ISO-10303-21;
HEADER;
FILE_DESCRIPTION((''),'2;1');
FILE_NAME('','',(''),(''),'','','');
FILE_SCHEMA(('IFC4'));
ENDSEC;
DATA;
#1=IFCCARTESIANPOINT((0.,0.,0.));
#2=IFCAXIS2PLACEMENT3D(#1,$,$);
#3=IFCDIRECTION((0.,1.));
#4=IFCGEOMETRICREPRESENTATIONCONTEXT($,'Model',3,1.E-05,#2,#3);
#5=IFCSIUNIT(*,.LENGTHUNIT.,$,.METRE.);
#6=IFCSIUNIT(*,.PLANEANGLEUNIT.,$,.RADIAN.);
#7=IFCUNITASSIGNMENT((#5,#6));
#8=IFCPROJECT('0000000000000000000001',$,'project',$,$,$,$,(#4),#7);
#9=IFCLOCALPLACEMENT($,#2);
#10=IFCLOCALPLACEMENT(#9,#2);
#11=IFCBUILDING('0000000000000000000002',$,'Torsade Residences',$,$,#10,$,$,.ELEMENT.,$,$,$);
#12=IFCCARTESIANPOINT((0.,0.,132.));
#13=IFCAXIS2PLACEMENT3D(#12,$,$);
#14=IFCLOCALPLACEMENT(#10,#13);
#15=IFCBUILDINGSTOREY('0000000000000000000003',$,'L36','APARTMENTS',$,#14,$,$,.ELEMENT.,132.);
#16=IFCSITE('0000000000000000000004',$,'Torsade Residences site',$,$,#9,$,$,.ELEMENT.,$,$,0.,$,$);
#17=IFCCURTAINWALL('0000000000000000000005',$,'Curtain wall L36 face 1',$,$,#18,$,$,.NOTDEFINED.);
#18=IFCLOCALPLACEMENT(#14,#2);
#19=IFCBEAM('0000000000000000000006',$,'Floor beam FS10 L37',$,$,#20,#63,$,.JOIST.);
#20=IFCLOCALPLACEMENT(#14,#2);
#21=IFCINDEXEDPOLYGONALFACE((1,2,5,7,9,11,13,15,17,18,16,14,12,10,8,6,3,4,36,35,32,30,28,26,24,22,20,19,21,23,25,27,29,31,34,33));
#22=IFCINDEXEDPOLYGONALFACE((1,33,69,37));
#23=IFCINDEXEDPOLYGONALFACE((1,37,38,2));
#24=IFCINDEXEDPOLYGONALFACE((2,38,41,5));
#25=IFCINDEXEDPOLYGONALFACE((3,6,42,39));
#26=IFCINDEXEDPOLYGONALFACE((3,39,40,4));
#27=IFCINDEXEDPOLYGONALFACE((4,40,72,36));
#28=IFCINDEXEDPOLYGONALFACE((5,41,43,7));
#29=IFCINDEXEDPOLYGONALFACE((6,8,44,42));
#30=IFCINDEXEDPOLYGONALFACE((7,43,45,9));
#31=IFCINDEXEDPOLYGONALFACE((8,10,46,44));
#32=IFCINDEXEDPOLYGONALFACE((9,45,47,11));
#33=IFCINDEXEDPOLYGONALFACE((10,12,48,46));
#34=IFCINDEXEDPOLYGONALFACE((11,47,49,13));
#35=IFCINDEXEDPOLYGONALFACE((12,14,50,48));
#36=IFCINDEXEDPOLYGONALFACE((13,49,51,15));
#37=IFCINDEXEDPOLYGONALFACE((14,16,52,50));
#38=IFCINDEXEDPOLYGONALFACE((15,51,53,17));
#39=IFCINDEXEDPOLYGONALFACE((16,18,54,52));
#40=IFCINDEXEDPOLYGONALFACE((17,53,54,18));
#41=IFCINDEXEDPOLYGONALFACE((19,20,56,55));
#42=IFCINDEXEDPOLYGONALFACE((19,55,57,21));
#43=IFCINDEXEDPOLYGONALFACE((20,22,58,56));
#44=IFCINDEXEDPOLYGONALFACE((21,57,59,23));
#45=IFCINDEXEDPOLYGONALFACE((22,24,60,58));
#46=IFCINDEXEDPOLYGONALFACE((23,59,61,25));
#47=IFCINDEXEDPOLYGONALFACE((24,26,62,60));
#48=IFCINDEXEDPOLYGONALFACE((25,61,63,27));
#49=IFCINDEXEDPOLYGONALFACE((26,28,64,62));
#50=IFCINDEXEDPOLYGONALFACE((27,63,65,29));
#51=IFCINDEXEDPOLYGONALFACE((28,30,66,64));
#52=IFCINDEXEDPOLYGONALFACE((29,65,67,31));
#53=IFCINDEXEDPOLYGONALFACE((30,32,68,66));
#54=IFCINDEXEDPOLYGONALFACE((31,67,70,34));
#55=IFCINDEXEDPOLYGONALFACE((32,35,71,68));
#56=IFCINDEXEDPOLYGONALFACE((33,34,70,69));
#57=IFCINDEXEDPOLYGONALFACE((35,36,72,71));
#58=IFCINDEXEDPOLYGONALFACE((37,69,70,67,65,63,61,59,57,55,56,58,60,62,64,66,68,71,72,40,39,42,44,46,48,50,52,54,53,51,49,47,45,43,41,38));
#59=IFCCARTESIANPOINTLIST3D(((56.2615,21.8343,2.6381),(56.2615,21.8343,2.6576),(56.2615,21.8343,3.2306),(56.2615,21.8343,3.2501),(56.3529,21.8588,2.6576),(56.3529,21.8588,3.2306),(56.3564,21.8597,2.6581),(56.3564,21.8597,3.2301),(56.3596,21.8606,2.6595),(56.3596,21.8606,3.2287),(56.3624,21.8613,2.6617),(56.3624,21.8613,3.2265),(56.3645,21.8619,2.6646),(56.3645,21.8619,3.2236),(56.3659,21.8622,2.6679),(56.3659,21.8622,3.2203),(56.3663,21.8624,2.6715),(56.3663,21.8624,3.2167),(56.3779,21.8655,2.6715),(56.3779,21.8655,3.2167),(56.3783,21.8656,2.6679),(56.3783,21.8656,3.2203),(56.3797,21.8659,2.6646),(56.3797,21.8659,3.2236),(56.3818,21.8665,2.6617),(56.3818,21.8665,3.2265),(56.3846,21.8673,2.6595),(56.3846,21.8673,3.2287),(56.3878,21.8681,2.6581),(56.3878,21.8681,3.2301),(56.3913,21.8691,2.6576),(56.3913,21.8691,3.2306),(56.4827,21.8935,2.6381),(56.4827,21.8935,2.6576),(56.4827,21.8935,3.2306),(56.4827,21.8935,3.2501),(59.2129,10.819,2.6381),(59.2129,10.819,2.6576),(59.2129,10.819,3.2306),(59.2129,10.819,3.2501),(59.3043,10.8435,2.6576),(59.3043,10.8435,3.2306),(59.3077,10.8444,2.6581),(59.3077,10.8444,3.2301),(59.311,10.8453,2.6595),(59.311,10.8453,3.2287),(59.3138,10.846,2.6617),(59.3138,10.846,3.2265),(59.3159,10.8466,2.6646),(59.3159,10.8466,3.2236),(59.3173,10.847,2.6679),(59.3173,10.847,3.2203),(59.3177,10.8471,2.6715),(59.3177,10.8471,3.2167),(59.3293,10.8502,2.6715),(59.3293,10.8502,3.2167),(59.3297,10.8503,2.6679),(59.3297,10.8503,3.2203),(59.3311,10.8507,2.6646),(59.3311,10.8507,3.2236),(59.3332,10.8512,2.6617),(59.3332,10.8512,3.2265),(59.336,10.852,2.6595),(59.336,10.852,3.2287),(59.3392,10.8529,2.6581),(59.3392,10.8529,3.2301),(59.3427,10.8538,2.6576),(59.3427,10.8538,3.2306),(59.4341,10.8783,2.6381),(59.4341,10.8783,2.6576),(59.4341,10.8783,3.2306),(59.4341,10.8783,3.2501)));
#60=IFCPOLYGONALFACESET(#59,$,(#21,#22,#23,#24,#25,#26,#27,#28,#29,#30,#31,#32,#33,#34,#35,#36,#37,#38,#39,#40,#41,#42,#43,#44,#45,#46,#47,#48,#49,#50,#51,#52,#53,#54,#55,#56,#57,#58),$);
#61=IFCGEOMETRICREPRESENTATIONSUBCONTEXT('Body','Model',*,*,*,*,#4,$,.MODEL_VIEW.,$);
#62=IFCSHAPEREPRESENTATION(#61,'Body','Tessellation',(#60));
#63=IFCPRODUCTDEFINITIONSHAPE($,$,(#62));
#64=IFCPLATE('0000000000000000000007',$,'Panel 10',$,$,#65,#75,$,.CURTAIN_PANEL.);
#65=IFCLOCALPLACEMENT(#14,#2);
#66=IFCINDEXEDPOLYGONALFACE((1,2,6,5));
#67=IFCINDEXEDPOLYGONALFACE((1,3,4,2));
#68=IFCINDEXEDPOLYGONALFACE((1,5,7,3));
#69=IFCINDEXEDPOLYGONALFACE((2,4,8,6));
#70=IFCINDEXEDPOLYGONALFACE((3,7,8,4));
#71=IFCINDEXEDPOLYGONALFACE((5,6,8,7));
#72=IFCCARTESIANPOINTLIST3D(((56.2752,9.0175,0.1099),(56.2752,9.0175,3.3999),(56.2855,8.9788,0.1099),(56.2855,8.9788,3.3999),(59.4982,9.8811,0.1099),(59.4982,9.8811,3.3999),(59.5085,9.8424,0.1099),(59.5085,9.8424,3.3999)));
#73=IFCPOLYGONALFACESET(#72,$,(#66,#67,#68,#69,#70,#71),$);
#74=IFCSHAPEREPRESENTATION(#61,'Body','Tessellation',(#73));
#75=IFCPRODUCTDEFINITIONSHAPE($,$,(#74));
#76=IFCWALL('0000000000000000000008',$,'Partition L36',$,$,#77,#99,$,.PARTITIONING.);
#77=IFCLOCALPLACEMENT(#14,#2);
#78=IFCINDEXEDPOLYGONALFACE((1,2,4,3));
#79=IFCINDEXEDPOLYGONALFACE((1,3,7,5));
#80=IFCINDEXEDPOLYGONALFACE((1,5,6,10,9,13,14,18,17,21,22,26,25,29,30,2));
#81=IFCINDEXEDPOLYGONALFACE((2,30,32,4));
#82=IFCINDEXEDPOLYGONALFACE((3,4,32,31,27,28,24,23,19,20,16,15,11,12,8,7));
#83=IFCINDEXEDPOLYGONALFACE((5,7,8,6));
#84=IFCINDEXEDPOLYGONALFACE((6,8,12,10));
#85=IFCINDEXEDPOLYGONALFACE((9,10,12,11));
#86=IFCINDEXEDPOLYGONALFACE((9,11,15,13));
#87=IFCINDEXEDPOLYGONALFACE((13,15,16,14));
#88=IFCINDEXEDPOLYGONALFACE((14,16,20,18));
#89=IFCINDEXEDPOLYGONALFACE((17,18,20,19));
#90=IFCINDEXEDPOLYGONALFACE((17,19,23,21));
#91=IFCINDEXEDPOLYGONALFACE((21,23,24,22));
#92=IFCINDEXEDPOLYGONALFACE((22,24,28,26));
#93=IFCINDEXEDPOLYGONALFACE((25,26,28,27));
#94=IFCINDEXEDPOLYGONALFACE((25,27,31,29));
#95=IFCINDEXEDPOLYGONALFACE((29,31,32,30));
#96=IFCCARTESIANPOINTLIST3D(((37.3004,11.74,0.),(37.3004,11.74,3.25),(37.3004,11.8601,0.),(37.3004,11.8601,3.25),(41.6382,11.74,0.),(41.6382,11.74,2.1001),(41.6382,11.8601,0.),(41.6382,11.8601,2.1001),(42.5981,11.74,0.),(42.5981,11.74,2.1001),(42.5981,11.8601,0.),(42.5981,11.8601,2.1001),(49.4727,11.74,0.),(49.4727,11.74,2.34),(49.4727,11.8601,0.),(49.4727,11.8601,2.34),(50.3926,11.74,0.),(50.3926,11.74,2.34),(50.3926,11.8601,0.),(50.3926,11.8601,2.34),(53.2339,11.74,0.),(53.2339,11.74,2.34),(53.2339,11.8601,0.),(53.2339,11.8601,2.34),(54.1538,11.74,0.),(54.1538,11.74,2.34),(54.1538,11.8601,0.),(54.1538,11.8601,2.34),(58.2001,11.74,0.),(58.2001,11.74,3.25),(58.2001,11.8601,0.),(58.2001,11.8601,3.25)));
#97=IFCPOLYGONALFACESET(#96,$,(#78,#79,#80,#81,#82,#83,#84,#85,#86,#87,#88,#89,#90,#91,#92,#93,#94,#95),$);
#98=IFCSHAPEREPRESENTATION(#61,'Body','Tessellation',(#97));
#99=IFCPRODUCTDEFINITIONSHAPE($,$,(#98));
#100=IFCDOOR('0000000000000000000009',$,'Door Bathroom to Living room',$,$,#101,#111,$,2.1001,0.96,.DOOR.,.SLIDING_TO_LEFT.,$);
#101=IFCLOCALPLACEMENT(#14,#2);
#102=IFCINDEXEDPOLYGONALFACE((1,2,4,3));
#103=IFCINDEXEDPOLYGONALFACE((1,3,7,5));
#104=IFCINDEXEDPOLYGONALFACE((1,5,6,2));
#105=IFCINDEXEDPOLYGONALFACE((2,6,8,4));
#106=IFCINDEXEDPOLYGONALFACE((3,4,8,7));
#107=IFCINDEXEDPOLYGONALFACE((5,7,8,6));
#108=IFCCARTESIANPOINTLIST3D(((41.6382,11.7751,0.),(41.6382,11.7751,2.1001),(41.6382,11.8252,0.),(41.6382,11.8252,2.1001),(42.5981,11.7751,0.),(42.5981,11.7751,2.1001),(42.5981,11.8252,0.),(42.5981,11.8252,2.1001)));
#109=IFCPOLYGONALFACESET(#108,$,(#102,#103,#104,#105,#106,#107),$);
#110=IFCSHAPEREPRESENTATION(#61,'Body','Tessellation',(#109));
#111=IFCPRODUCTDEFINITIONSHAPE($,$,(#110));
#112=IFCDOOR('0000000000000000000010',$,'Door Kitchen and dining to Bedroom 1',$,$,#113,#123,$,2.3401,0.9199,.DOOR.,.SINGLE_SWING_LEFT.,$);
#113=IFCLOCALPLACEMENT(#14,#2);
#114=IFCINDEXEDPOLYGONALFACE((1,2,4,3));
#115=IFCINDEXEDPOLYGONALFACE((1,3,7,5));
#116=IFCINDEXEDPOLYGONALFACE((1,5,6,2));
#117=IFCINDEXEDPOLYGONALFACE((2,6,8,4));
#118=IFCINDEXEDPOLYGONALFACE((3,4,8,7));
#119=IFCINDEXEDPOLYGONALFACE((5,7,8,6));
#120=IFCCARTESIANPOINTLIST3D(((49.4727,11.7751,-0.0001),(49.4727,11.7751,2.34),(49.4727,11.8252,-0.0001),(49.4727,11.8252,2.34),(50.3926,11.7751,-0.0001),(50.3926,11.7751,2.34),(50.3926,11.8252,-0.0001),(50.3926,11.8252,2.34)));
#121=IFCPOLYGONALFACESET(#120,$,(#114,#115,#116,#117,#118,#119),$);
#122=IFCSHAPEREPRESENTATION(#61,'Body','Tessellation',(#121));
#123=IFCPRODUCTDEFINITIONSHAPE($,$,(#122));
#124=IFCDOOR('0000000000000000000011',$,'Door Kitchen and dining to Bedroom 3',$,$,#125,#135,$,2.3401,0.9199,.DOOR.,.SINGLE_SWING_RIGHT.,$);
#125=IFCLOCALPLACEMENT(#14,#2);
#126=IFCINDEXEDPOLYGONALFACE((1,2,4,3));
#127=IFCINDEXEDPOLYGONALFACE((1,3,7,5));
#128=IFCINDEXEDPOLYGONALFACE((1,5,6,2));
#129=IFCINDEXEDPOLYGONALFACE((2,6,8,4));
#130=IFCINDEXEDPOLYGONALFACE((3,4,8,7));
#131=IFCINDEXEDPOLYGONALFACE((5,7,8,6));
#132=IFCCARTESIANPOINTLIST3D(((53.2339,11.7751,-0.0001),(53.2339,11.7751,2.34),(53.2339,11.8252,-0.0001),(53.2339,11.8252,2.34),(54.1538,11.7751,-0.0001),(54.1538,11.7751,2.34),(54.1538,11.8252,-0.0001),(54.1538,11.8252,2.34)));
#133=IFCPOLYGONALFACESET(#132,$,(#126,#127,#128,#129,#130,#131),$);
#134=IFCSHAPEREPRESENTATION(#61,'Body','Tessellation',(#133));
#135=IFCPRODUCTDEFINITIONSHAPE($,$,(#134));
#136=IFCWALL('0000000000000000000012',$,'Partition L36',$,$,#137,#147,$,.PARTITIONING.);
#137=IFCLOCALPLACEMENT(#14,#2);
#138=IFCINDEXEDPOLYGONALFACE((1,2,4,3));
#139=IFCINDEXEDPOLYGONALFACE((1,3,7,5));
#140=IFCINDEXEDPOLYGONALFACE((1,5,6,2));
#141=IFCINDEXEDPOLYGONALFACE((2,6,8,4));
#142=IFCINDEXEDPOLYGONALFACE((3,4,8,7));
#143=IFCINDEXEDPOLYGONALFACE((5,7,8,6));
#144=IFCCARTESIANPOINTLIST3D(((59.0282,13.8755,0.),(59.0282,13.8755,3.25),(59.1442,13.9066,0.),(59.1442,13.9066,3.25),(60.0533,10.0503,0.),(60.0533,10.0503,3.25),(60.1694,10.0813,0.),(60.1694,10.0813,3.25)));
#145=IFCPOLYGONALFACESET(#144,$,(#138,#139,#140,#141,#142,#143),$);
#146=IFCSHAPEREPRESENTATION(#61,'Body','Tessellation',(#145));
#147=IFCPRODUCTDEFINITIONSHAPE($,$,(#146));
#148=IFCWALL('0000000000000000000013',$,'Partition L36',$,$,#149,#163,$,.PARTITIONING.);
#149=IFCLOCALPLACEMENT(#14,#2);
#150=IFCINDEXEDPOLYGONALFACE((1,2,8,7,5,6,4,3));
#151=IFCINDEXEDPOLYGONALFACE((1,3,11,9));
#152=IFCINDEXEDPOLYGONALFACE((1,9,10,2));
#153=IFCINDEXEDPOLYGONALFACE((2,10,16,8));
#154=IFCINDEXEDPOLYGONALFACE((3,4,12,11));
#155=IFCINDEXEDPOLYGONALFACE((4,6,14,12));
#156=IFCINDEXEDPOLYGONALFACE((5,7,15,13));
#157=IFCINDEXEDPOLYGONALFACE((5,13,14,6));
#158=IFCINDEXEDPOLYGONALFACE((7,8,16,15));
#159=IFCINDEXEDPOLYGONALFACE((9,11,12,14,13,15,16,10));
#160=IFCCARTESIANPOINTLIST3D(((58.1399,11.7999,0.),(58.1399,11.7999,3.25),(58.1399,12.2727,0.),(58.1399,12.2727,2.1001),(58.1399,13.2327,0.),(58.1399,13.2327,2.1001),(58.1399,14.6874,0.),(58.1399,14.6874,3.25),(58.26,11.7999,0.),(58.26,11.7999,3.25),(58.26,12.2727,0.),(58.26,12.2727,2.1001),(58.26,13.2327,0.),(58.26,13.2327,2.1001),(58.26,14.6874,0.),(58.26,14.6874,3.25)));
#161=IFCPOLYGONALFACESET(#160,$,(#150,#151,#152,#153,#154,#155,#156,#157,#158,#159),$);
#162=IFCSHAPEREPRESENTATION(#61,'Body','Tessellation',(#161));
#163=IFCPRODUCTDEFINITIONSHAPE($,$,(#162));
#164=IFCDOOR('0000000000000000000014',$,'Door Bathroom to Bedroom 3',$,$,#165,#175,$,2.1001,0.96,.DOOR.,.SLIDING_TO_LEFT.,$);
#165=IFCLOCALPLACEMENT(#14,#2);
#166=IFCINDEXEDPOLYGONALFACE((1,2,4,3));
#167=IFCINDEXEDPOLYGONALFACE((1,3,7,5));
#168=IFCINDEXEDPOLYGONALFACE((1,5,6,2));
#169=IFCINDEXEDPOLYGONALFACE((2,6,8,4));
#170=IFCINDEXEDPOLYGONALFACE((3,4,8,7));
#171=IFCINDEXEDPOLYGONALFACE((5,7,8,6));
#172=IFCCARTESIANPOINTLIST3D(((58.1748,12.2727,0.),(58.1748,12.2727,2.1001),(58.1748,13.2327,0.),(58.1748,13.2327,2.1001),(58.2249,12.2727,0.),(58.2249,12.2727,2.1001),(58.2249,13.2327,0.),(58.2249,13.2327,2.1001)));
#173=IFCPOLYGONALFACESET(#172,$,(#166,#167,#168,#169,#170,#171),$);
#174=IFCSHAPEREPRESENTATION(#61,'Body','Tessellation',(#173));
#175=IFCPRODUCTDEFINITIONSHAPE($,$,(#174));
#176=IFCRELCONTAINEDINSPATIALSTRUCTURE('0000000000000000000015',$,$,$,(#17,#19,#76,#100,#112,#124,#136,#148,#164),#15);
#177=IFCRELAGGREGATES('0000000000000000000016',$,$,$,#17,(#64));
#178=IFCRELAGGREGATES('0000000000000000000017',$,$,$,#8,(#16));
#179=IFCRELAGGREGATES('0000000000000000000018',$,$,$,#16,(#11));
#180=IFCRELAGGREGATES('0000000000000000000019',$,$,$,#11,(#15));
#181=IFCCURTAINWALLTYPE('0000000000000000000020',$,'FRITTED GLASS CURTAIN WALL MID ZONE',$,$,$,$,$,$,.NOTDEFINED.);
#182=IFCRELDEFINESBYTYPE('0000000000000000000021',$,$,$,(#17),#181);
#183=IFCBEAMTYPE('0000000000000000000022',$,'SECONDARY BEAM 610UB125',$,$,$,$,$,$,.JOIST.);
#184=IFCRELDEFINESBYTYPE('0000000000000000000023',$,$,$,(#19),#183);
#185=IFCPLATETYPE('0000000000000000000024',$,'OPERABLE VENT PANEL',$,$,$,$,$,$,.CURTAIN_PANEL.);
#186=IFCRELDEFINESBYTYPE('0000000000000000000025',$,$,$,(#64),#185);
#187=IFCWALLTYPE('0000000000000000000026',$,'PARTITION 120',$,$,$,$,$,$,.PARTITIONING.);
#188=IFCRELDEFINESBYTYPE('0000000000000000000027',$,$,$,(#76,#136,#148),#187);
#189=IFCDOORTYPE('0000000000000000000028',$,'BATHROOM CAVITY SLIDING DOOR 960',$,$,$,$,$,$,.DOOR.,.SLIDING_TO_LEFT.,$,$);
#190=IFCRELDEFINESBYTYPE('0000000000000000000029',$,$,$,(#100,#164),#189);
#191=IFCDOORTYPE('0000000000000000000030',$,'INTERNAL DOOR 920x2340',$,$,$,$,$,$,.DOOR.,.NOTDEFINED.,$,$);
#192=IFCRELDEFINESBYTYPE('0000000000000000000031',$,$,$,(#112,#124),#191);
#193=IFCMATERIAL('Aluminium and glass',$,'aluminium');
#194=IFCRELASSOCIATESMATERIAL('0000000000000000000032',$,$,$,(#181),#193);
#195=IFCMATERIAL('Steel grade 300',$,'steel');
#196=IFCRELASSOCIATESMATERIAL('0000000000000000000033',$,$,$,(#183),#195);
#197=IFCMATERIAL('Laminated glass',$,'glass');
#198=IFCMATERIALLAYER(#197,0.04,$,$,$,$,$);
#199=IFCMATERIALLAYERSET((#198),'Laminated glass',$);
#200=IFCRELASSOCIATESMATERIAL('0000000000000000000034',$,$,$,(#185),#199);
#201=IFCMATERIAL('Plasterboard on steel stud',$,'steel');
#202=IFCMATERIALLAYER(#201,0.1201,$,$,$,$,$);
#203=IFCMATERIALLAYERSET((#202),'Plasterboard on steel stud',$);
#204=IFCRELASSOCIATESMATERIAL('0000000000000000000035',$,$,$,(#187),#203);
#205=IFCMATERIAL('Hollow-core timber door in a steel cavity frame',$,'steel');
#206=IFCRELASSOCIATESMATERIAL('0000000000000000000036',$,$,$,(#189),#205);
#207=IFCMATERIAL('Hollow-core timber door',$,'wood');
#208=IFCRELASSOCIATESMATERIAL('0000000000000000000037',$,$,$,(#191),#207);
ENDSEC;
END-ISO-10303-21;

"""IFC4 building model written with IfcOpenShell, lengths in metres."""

from ifc_helpers import new_model, si_unit, direction, frame, frame_2d, origin, origin_2d, place, context, subcontext, project, spatial, rectangle, i_section, extrude, material, layer, layer_set, material_profile, profile_set, type_object, element, fill, aggregate, save


model = new_model("IFC4")

# Units and contexts
model_context = context("Model", 3, precision=1e-05, world=origin(), true_north=direction((0.0, 1.0)))
body_context = subcontext(model_context, "Body", "Model", "MODEL_VIEW")
ifc_project = project(units=[si_unit("LENGTHUNIT", "METRE"), si_unit("PLANEANGLEUNIT", "RADIAN")], contexts=[model_context])

# Site, building, storey
site_placement = place(None, origin())
site = spatial("IfcSite", under=ifc_project, at=site_placement, Name="Torsade Residences site", CompositionType="ELEMENT", RefElevation=0.0)
building_placement = place(site_placement, origin())
building = spatial("IfcBuilding", under=site, at=building_placement, Name="Torsade Residences", CompositionType="ELEMENT")
storey_placement = place(building_placement, frame((0.0, 0.0, 132.0)))
storey = spatial("IfcBuildingStorey", under=building, at=storey_placement, Name="L36", Description="APARTMENTS", CompositionType="ELEMENT", Elevation=132.0)

# Curtain wall
ifc_material_1 = material(Name="Aluminium and glass", Category="aluminium")
curtain_wall_type = type_object("IfcCurtainWallType", Name="FRITTED GLASS CURTAIN WALL MID ZONE", PredefinedType="NOTDEFINED", material=ifc_material_1)
curtain_wall_placement = place(storey_placement, origin())
curtain_wall = element("IfcCurtainWall", 1, at=curtain_wall_placement, inside=storey, type_object=curtain_wall_type, Name="Curtain wall L36 face 1", PredefinedType="NOTDEFINED")

# Beam
ifc_material_2 = material(Name="Steel grade 300", Category="steel")
ifc_material_profile_1 = material_profile(ifc_material_2, i_section(OverallWidth=0.229, OverallDepth=0.6121, WebThickness=0.012, FlangeThickness=0.0195, FilletRadius=0.0139, at=origin_2d()), Name="610UB125")
ifc_profile_set_1 = profile_set([ifc_material_profile_1], Name="Steel grade 300")
beam_type_1 = type_object("IfcBeamType", Name="SECONDARY BEAM 610UB125", PredefinedType="JOIST", material=ifc_profile_set_1)
beam_1_placement = place(storey_placement, frame((59.3235, 10.8486, 2.9441), z_axis=(-0.258807, 0.965929, 0.0), x_axis=(-0.965929, -0.258807, 0.0)))
element("IfcBeam", 2, at=beam_1_placement, inside=storey, type_object=beam_type_1, Name="Floor beam FS10 L37", PredefinedType="JOIST", context=body_context, shape_type="SweptSolid", body=[
    extrude(i_section(OverallWidth=0.229, OverallDepth=0.6121, WebThickness=0.012, FlangeThickness=0.0195, FilletRadius=0.0139, at=origin_2d()), origin(), (0.0, 0.0, 1.0), 11.4038),
])

# Plate
ifc_material_3 = material(Name="Laminated glass", Category="glass")
ifc_layer_1 = layer(ifc_material_3, 0.04)
ifc_layer_set_1 = layer_set([ifc_layer_1], Name="Laminated glass")
plate_type = type_object("IfcPlateType", Name="OPERABLE VENT PANEL", PredefinedType="CURTAIN_PANEL", material=ifc_layer_set_1)
plate_placement = place(storey_placement, frame((57.8918, 9.4299, 0.1099), z_axis=(0.0, 0.0, 1.0), x_axis=(0.965926, 0.258819, 0.0)))
plate = element("IfcPlate", 3, at=plate_placement, type_object=plate_type, Name="Panel 10", PredefinedType="CURTAIN_PANEL", context=body_context, shape_type="SweptSolid", body=[
    extrude(rectangle(XDim=3.3367, YDim=0.04, at=origin_2d()), origin(), (0.0, 0.0, 1.0), 3.29),
])
aggregate(curtain_wall, [plate])

# Wall, openings, doors
ifc_material_4 = material(Name="Plasterboard on steel stud", Category="steel")
ifc_layer_2 = layer(ifc_material_4, 0.1201)
ifc_layer_set_2 = layer_set([ifc_layer_2], Name="Plasterboard on steel stud")
wall_type_1 = type_object("IfcWallType", Name="PARTITION 120", PredefinedType="PARTITIONING", material=ifc_layer_set_2)
wall_1_placement = place(storey_placement, frame((58.2, 11.8, 0.0), z_axis=(0.0, 0.0, 1.0), x_axis=(-1.0, 0.0, 0.0)))
wall_1 = element("IfcWall", 4, at=wall_1_placement, inside=storey, type_object=wall_type_1, Name="Partition L36", PredefinedType="PARTITIONING", context=body_context, shape_type="SweptSolid", body=[
    extrude(rectangle(XDim=20.8997, YDim=0.1201, at=frame_2d((10.4497, 0.0))), origin(), (0.0, 0.0, 1.0), 3.25),
])
opening_1_placement = place(wall_1_placement, frame((7.8074, 0.0, 0.0)))
opening_1 = element("IfcOpeningElement", 5, at=opening_1_placement, cuts=wall_1, PredefinedType="OPENING", context=body_context, shape_type="SweptSolid", body=[
    extrude(rectangle(XDim=0.9199, YDim=2.3401, at=frame_2d((0.46, 1.1699))), frame((0.0, 0.0701, 0.0), z_axis=(0.0, -1.0, 0.0), x_axis=(1.0, 0.0, 0.0)), (0.0, 0.0, 1.0), 0.1401),
])
opening_2_placement = place(wall_1_placement, frame((4.0461, 0.0, 0.0)))
opening_2 = element("IfcOpeningElement", 6, at=opening_2_placement, cuts=wall_1, PredefinedType="OPENING", context=body_context, shape_type="SweptSolid", body=[
    extrude(rectangle(XDim=0.9199, YDim=2.3401, at=frame_2d((0.46, 1.1699))), frame((0.0, 0.0701, 0.0), z_axis=(0.0, -1.0, 0.0), x_axis=(1.0, 0.0, 0.0)), (0.0, 0.0, 1.0), 0.1401),
])
opening_3_placement = place(wall_1_placement, frame((15.6018, 0.0, 0.0)))
opening_3 = element("IfcOpeningElement", 7, at=opening_3_placement, cuts=wall_1, PredefinedType="OPENING", context=body_context, shape_type="SweptSolid", body=[
    extrude(rectangle(XDim=0.96, YDim=2.1001, at=frame_2d((0.48, 1.05))), frame((0.0, 0.0701, 0.0), z_axis=(0.0, -1.0, 0.0), x_axis=(1.0, 0.0, 0.0)), (0.0, 0.0, 1.0), 0.1401),
])
ifc_material_5 = material(Name="Hollow-core timber door in a steel cavity frame", Category="steel")
door_type_1 = type_object("IfcDoorType", Name="BATHROOM CAVITY SLIDING DOOR 960", OperationType="SLIDING_TO_LEFT", PredefinedType="DOOR", material=ifc_material_5)
door_1_placement = place(opening_3_placement, origin())
door_1 = element("IfcDoor", 8, at=door_1_placement, inside=storey, type_object=door_type_1, Name="Door Bathroom to Living room", OperationType="SLIDING_TO_LEFT", OverallHeight=2.1001, OverallWidth=0.96, PredefinedType="DOOR", context=body_context, shape_type="SweptSolid", body=[
    extrude(rectangle(XDim=0.96, YDim=2.1001, at=frame_2d((0.48, 1.05))), frame((0.0, 0.0249, 0.0), z_axis=(0.0, -1.0, 0.0), x_axis=(1.0, 0.0, 0.0)), (0.0, 0.0, 1.0), 0.05),
])
fill(opening_3, door_1)
ifc_material_6 = material(Name="Hollow-core timber door", Category="wood")
door_type_2 = type_object("IfcDoorType", Name="INTERNAL DOOR 920x2340", OperationType="NOTDEFINED", PredefinedType="DOOR", material=ifc_material_6)
door_2_placement = place(opening_1_placement, origin())
door_2 = element("IfcDoor", 9, at=door_2_placement, inside=storey, type_object=door_type_2, Name="Door Kitchen and dining to Bedroom 1", OperationType="SINGLE_SWING_LEFT", OverallHeight=2.3401, OverallWidth=0.9199, PredefinedType="DOOR", context=body_context, shape_type="SweptSolid", body=[
    extrude(rectangle(XDim=0.9199, YDim=2.3401, at=frame_2d((0.46, 1.1699))), frame((0.0, 0.0249, 0.0), z_axis=(0.0, -1.0, 0.0), x_axis=(1.0, 0.0, 0.0)), (0.0, 0.0, 1.0), 0.05),
])
fill(opening_1, door_2)
door_3_placement = place(opening_2_placement, origin())
door_3 = element("IfcDoor", 10, at=door_3_placement, inside=storey, type_object=door_type_2, Name="Door Kitchen and dining to Bedroom 3", OperationType="SINGLE_SWING_RIGHT", OverallHeight=2.3401, OverallWidth=0.9199, PredefinedType="DOOR", context=body_context, shape_type="SweptSolid", body=[
    extrude(rectangle(XDim=0.9199, YDim=2.3401, at=frame_2d((0.46, 1.1699))), frame((0.0, 0.0249, 0.0), z_axis=(0.0, -1.0, 0.0), x_axis=(1.0, 0.0, 0.0)), (0.0, 0.0, 1.0), 0.05),
])
fill(opening_2, door_3)

# Wall
wall_2_placement = place(storey_placement, frame((60.1113, 10.0659, 0.0), z_axis=(0.0, 0.0, 1.0), x_axis=(-0.258863, 0.965914, 0.0)))
element("IfcWall", 11, at=wall_2_placement, inside=storey, type_object=wall_type_1, Name="Partition L36", PredefinedType="PARTITIONING", context=body_context, shape_type="SweptSolid", body=[
    extrude(rectangle(XDim=3.9602, YDim=0.1201, at=frame_2d((1.98, 0.0))), origin(), (0.0, 0.0, 1.0), 3.25),
])

# Wall, opening, door
wall_3_placement = place(storey_placement, frame((58.2, 14.6875, 0.0), z_axis=(0.0, 0.0, 1.0), x_axis=(0.0, -1.0, 0.0)))
wall_3 = element("IfcWall", 12, at=wall_3_placement, inside=storey, type_object=wall_type_1, Name="Partition L36", PredefinedType="PARTITIONING", context=body_context, shape_type="SweptSolid", body=[
    extrude(rectangle(XDim=2.8875, YDim=0.1201, at=frame_2d((1.4438, 0.0))), origin(), (0.0, 0.0, 1.0), 3.25),
])
opening_4_placement = place(wall_3_placement, frame((1.4548, 0.0, 0.0)))
opening_4 = element("IfcOpeningElement", 13, at=opening_4_placement, cuts=wall_3, PredefinedType="OPENING", context=body_context, shape_type="SweptSolid", body=[
    extrude(rectangle(XDim=0.96, YDim=2.1001, at=frame_2d((0.48, 1.05))), frame((0.0, 0.0701, 0.0), z_axis=(0.0, -1.0, 0.0), x_axis=(1.0, 0.0, 0.0)), (0.0, 0.0, 1.0), 0.1401),
])
door_4_placement = place(opening_4_placement, origin())
door_4 = element("IfcDoor", 14, at=door_4_placement, inside=storey, type_object=door_type_1, Name="Door Bathroom to Bedroom 3", OperationType="SLIDING_TO_LEFT", OverallHeight=2.1001, OverallWidth=0.96, PredefinedType="DOOR", context=body_context, shape_type="SweptSolid", body=[
    extrude(rectangle(XDim=0.96, YDim=2.1001, at=frame_2d((0.48, 1.05))), frame((0.0, 0.0249, 0.0), z_axis=(0.0, -1.0, 0.0), x_axis=(1.0, 0.0, 0.0)), (0.0, 0.0, 1.0), 0.05),
])
fill(opening_4, door_4)

save(model, "model.ifc")
